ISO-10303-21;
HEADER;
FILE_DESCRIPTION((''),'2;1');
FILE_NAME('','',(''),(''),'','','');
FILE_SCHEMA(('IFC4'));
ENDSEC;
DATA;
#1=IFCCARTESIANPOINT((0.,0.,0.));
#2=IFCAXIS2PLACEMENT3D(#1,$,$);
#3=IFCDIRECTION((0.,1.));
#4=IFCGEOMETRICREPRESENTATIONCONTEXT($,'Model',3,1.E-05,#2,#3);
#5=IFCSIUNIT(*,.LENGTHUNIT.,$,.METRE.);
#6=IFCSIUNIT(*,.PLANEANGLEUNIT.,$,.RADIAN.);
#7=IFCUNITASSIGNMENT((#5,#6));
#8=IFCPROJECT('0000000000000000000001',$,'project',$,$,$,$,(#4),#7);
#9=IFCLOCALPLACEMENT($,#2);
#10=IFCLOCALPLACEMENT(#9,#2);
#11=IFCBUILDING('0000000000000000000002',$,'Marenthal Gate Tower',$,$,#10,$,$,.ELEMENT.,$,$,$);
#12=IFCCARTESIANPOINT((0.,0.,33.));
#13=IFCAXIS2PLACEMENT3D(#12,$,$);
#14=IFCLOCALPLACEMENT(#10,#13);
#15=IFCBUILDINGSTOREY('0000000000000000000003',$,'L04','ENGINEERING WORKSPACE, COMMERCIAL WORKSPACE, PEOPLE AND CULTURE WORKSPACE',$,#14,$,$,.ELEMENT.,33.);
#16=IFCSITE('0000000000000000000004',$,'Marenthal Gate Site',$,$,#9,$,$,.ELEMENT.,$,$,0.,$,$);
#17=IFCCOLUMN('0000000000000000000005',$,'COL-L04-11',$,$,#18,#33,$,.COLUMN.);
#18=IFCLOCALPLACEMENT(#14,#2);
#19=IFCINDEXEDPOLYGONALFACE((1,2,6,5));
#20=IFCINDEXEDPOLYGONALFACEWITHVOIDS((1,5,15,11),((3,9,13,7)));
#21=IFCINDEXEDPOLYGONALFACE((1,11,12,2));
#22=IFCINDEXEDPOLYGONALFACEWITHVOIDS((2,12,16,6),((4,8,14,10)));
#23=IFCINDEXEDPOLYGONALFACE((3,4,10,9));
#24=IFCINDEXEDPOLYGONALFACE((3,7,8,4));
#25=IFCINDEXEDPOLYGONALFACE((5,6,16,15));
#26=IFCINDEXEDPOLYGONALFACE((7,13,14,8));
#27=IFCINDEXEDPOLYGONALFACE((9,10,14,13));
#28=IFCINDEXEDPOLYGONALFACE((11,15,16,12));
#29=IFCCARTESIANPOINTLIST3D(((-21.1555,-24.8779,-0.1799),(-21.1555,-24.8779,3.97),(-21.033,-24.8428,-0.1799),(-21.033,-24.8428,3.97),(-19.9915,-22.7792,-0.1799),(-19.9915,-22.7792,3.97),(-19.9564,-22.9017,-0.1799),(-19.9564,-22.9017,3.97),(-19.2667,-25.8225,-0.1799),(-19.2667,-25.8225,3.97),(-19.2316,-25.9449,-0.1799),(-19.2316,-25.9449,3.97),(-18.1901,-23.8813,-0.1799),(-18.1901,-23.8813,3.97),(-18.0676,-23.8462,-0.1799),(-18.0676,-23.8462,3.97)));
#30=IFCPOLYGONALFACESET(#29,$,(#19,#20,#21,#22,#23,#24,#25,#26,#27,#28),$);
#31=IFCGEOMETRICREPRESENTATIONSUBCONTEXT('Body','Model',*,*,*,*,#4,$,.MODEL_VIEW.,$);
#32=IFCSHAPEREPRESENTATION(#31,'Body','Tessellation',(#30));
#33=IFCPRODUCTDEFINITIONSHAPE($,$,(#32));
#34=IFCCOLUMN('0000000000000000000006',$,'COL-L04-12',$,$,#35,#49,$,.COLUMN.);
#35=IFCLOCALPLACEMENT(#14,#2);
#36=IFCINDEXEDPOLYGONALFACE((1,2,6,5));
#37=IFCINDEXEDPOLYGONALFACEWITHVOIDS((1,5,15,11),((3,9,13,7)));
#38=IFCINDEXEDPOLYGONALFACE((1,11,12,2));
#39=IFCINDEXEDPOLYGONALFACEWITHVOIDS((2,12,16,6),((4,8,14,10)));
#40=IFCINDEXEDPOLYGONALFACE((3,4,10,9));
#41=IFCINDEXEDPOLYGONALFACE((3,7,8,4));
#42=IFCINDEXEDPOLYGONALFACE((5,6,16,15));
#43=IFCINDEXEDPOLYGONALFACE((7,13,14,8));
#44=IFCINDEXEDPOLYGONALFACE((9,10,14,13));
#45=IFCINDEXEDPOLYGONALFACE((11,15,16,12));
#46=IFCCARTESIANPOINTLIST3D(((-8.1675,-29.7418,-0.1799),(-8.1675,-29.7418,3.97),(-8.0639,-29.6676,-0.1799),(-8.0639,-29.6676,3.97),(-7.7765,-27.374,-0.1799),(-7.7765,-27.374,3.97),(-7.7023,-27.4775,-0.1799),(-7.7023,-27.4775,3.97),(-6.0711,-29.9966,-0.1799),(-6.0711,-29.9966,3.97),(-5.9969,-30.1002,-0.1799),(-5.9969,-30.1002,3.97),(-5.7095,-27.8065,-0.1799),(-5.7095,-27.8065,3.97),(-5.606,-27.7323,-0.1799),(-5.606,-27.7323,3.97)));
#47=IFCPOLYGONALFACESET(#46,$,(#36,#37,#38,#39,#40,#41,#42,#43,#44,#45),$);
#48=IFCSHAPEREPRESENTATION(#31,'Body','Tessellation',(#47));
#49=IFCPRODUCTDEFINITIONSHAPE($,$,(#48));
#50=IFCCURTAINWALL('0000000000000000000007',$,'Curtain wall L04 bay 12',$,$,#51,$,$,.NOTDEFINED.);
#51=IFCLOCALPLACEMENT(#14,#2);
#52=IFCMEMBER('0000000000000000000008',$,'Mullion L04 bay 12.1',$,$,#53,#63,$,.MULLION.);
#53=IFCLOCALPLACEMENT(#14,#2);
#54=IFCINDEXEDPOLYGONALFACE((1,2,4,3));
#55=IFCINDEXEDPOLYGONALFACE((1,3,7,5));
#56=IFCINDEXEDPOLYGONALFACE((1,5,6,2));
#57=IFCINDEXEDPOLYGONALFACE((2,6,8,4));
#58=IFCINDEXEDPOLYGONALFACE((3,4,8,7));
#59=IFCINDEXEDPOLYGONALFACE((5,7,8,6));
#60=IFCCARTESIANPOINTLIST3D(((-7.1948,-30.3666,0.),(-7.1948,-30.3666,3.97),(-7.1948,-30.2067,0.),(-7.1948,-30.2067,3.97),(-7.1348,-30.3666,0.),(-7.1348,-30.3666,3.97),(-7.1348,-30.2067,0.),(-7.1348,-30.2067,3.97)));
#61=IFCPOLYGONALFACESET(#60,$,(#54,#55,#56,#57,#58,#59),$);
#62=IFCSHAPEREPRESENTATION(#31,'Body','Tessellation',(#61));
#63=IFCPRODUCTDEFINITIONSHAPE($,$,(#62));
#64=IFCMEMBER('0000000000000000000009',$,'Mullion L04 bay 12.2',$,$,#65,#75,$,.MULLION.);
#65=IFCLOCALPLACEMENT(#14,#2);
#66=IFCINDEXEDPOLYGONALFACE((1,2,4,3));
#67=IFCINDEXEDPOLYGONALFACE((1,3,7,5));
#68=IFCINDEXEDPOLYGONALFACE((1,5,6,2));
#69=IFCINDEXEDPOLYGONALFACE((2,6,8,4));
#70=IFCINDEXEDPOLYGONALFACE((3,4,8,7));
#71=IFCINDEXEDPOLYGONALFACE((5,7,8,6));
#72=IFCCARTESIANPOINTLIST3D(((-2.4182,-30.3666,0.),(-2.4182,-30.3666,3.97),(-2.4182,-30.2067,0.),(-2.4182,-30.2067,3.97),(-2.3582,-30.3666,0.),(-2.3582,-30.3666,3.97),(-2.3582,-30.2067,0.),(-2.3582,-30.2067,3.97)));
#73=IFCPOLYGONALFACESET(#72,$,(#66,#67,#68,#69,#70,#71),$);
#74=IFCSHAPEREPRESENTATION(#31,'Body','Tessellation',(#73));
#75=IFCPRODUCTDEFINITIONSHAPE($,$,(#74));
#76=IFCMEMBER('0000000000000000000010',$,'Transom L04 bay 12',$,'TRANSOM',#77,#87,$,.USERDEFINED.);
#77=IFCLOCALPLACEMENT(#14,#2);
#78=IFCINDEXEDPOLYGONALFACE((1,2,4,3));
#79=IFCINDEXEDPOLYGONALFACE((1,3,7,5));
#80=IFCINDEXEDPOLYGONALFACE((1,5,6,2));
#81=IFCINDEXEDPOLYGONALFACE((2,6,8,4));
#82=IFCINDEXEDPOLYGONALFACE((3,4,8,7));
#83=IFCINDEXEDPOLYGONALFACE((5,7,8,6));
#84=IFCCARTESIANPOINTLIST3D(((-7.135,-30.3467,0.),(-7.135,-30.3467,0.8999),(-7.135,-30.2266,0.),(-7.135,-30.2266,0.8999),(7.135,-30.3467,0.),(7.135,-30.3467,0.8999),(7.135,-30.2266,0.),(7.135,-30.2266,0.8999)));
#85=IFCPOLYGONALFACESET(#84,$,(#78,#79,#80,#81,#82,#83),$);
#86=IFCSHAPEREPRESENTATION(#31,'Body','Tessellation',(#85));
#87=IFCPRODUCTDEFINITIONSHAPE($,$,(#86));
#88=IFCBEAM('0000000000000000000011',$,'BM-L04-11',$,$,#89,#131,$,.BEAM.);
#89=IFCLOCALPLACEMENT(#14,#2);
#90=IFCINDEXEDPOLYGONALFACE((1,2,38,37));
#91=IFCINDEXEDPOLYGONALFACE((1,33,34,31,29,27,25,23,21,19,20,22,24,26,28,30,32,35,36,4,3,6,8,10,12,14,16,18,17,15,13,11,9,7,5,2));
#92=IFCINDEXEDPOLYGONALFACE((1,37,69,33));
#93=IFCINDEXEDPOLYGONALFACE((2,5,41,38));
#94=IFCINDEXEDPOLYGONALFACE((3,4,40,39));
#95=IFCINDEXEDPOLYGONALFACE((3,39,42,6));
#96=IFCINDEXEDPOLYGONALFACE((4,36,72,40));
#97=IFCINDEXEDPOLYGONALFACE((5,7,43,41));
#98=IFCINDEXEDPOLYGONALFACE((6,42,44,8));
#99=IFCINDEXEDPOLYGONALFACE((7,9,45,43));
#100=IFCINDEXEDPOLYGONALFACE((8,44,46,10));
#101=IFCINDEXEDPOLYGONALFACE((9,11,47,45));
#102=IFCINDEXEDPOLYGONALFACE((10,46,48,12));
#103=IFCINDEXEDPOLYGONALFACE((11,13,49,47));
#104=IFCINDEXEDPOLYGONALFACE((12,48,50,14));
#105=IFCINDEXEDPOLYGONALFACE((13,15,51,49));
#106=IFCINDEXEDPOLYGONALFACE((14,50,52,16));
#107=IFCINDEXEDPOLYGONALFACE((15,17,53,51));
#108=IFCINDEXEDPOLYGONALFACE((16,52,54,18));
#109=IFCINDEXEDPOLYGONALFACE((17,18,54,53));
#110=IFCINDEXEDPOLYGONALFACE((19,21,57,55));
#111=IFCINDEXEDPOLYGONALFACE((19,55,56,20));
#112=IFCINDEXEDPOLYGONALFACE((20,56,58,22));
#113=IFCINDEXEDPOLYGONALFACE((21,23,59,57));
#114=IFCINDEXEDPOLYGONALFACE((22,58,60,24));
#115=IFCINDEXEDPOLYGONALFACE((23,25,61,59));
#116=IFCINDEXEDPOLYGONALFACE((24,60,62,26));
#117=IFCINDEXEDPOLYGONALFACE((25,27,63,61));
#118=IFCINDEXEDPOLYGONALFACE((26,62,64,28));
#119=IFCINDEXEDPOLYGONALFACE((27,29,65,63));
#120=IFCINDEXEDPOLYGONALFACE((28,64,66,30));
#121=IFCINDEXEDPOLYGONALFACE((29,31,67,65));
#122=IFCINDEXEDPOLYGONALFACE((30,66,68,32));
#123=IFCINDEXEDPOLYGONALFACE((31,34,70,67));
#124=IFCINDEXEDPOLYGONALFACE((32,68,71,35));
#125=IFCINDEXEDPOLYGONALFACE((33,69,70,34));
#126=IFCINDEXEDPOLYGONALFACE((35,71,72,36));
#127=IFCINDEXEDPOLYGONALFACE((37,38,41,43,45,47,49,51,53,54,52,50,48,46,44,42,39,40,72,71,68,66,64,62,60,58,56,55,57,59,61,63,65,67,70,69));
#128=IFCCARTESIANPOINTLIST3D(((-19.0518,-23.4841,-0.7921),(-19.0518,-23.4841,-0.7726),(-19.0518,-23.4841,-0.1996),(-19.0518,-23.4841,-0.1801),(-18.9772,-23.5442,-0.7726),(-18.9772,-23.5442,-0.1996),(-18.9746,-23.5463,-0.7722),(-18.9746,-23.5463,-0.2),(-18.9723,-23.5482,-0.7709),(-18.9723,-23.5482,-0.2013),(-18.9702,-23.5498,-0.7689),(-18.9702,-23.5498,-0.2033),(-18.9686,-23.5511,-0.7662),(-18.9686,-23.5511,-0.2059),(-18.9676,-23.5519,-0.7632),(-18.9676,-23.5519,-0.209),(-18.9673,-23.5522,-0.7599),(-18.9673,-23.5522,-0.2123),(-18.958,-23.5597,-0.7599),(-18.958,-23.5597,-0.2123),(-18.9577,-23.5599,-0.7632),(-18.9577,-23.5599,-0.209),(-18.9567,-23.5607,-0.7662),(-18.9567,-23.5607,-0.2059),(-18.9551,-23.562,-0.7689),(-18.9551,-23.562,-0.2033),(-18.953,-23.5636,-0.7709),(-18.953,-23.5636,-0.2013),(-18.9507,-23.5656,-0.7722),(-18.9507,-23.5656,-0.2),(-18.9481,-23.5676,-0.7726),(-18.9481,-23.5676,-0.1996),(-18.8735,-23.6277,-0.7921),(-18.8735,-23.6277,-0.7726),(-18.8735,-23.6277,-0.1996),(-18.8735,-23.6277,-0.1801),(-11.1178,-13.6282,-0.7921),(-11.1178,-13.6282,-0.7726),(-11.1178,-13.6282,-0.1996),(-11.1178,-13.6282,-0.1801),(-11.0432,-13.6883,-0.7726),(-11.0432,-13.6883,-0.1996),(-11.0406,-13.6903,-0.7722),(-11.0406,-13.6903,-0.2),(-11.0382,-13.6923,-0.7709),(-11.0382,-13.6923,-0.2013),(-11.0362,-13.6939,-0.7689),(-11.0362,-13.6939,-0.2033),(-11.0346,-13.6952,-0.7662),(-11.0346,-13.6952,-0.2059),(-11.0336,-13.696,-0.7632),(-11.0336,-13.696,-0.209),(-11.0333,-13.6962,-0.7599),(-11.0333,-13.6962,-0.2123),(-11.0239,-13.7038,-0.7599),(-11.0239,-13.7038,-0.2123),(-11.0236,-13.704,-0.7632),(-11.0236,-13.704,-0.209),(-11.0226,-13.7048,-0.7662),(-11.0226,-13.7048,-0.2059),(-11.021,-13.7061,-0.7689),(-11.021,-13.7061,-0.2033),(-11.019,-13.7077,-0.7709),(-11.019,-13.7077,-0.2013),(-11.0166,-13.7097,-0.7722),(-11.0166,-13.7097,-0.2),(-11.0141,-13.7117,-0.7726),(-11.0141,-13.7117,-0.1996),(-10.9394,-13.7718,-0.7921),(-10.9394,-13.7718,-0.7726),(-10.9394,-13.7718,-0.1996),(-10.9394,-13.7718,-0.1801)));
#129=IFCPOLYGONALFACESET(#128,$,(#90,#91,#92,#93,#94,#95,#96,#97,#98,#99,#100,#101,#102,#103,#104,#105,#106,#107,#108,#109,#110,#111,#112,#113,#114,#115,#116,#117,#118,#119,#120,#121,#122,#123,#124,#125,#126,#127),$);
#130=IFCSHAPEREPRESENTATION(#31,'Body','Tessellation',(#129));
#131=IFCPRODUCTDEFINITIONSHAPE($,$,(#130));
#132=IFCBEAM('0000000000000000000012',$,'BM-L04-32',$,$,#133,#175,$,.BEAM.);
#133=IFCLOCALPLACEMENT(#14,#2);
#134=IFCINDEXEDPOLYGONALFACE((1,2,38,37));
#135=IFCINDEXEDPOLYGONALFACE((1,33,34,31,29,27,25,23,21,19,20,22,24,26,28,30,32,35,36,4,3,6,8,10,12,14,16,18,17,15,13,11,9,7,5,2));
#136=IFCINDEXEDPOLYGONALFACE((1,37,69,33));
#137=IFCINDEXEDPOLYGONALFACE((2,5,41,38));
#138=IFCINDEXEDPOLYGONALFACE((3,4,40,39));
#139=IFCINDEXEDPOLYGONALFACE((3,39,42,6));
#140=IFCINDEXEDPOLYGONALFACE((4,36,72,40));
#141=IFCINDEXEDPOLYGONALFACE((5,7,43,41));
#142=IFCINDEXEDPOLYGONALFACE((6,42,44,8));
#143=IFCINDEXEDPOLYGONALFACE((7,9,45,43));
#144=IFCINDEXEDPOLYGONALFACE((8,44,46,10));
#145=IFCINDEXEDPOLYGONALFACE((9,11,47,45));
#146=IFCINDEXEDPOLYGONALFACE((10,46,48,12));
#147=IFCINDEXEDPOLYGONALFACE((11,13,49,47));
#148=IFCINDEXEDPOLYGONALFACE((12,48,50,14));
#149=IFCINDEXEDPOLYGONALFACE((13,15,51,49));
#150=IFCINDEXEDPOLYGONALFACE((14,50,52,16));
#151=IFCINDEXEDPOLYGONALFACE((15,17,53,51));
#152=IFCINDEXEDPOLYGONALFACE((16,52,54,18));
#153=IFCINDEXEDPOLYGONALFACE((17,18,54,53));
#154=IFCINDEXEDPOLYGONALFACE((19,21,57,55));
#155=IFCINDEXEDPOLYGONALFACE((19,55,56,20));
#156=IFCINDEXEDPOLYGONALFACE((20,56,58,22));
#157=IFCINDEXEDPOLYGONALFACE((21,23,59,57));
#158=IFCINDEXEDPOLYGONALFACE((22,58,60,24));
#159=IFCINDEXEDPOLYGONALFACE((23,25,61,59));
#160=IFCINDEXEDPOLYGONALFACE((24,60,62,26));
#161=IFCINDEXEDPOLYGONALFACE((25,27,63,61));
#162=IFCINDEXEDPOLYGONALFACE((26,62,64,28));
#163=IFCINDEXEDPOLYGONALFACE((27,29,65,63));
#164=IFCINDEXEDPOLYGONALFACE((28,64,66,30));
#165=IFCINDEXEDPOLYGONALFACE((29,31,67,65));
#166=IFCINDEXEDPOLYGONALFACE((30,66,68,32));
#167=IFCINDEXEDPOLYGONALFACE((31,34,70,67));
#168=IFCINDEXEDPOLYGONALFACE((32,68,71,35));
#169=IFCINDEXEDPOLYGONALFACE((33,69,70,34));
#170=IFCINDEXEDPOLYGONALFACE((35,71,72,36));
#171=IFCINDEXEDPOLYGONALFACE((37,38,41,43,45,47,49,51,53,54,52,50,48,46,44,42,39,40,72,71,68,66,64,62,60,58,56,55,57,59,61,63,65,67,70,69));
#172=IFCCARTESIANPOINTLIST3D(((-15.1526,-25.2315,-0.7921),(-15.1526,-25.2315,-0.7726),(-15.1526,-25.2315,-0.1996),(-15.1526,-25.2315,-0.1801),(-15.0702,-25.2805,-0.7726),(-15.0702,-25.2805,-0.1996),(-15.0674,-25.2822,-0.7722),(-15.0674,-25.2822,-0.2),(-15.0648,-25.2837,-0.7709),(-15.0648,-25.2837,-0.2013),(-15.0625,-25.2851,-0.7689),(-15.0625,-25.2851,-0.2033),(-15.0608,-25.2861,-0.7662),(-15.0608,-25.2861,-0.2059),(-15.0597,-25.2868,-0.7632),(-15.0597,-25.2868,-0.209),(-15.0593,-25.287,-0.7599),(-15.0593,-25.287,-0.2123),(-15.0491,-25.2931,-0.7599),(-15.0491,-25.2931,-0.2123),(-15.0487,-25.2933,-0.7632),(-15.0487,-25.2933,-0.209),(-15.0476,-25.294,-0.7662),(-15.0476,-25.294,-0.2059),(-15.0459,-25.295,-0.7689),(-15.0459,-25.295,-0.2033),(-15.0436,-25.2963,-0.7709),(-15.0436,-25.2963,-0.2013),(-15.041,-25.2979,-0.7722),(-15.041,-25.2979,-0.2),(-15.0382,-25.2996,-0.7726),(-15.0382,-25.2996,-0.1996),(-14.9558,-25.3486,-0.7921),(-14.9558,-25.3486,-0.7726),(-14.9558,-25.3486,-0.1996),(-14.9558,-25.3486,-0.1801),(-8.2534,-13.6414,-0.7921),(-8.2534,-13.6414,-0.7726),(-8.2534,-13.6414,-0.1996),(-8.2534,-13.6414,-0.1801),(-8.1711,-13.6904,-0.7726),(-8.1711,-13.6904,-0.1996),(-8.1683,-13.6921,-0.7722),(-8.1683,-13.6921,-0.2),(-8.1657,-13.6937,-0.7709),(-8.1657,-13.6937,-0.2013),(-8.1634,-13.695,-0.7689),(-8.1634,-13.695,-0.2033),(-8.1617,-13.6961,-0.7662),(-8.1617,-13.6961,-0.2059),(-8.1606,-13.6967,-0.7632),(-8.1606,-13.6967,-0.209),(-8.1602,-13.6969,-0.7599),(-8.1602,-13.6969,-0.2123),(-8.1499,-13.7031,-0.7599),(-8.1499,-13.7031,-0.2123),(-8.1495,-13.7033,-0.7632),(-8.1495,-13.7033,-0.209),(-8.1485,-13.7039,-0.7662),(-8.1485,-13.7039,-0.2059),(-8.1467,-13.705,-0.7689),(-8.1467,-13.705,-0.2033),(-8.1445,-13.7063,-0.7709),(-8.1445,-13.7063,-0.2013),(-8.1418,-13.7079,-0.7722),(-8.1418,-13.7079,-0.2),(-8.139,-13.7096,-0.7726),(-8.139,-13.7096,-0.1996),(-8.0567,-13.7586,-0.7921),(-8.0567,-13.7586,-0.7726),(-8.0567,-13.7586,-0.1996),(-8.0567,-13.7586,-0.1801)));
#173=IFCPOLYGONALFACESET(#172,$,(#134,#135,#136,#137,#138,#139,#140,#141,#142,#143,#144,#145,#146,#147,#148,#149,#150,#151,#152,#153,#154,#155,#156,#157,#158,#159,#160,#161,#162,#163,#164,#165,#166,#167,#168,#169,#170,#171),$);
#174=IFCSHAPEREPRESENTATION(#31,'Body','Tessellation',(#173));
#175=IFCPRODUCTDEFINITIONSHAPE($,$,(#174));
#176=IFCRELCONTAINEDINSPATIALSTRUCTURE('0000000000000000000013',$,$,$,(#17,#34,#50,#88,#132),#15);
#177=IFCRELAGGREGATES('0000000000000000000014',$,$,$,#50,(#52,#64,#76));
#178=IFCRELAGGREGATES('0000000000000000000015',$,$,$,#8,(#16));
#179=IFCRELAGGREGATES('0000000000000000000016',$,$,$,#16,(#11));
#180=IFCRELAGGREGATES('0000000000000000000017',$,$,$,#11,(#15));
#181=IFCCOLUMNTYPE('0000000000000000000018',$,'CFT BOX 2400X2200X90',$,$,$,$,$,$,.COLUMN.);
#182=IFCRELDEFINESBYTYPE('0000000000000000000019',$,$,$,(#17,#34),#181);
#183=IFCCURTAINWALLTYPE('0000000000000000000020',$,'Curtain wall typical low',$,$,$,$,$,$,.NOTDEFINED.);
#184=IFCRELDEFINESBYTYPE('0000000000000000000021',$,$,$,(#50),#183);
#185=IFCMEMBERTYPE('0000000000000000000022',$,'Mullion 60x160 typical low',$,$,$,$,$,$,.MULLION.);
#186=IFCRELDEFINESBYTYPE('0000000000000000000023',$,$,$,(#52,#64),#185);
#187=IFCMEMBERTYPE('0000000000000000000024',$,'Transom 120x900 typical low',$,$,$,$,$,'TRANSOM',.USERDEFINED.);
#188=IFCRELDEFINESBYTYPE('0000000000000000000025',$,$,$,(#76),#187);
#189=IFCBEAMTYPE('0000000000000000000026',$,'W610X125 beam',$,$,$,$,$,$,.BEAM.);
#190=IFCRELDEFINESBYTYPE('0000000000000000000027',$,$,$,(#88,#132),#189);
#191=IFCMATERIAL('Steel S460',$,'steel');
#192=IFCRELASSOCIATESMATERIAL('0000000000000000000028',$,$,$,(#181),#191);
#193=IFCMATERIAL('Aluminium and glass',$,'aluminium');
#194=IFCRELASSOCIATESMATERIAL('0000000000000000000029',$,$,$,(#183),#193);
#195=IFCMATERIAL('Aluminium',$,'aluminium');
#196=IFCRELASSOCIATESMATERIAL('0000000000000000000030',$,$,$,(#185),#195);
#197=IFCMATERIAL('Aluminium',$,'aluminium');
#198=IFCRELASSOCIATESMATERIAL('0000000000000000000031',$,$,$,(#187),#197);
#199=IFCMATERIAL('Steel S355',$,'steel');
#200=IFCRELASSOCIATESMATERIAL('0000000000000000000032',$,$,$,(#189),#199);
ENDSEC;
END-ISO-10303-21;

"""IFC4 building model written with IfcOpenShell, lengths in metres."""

from ifc_helpers import new_model, si_unit, direction, frame, origin, origin_2d, place, context, subcontext, project, spatial, rectangle, hollow_rectangle, i_section, extrude, material, material_profile, profile_set, type_object, element, aggregate, save


model = new_model("IFC4")

# Units and contexts
model_context = context("Model", 3, precision=1e-05, world=origin(), true_north=direction((0.0, 1.0)))
body_context = subcontext(model_context, "Body", "Model", "MODEL_VIEW")
ifc_project = project(units=[si_unit("LENGTHUNIT", "METRE"), si_unit("PLANEANGLEUNIT", "RADIAN")], contexts=[model_context])

# Site, building, storey
site_placement = place(None, origin())
site = spatial("IfcSite", under=ifc_project, at=site_placement, Name="Marenthal Gate Site", CompositionType="ELEMENT", RefElevation=0.0)
building_placement = place(site_placement, origin())
building = spatial("IfcBuilding", under=site, at=building_placement, Name="Marenthal Gate Tower", CompositionType="ELEMENT")
storey_placement = place(building_placement, frame((0.0, 0.0, 33.0)))
storey = spatial("IfcBuildingStorey", under=building, at=storey_placement, Name="L04", Description="ENGINEERING WORKSPACE, COMMERCIAL WORKSPACE, PEOPLE AND CULTURE WORKSPACE", CompositionType="ELEMENT", Elevation=33.0)

# Columns
ifc_material_1 = material(Name="Steel S460", Category="steel")
ifc_material_profile_1 = material_profile(ifc_material_1, hollow_rectangle(XDim=2.2, YDim=2.3999, WallThickness=0.0901, at=origin_2d()), Name="CFT BOX 2400X2200X90")
ifc_material_2 = material(Name="Concrete 70 MPa", Category="concrete")
ifc_material_profile_2 = material_profile(ifc_material_2, rectangle(XDim=2.02, YDim=2.22, at=origin_2d()), Name="CFT BOX 2400X2200X90 INFILL")
ifc_profile_set_1 = profile_set([ifc_material_profile_1, ifc_material_profile_2], Name="Steel S460 shell, Concrete 70 MPa infill")
column_type = type_object("IfcColumnType", Name="CFT BOX 2400X2200X90", PredefinedType="COLUMN", material=ifc_profile_set_1)
for number, where, z_axis, x_axis, name in (
    (1, (-19.6116, -24.3621, -0.1799), (0.0, 0.0, 1.0), (-0.874509, 0.48501, 0.0), "COL-L04-11"),
    (2, (-6.8867, -28.7371, -0.1799), (0.0, 0.0, 1.0), (-0.986643, 0.162897, 0.0), "COL-L04-12"),
):
    element("IfcColumn", number, at=place(storey_placement, frame(where, z_axis=z_axis, x_axis=x_axis)), inside=storey, type_object=column_type, Name=name, PredefinedType="COLUMN", context=body_context, shape_type="SweptSolid", body=[
        extrude(hollow_rectangle(XDim=2.2, YDim=2.3999, WallThickness=0.0901, at=origin_2d()), origin(), (0.0, 0.0, 1.0), 4.1499),
    ])

# Curtain wall, members
ifc_material_3 = material(Name="Aluminium and glass", Category="aluminium")
curtain_wall_type = type_object("IfcCurtainWallType", Name="Curtain wall typical low", PredefinedType="NOTDEFINED", material=ifc_material_3)
curtain_wall_placement = place(storey_placement, origin())
curtain_wall = element("IfcCurtainWall", 3, at=curtain_wall_placement, inside=storey, type_object=curtain_wall_type, Name="Curtain wall L04 bay 12", PredefinedType="NOTDEFINED")
ifc_material_4 = material(Name="Aluminium", Category="aluminium")
ifc_material_profile_3 = material_profile(ifc_material_4, rectangle(XDim=0.1599, YDim=0.0601, at=origin_2d()), Name="60x160 aluminium mullion")
ifc_profile_set_2 = profile_set([ifc_material_profile_3], Name="Aluminium")
member_type_1 = type_object("IfcMemberType", Name="Mullion 60x160 typical low", PredefinedType="MULLION", material=ifc_profile_set_2)
member_1_placement = place(storey_placement, frame((-7.1648, -30.2866, 0.0), z_axis=(0.0, 0.0, 1.0), x_axis=(0.0, 1.0, 0.0)))
member_1 = element("IfcMember", 4, at=member_1_placement, type_object=member_type_1, Name="Mullion L04 bay 12.1", PredefinedType="MULLION", context=body_context, shape_type="SweptSolid", body=[
    extrude(rectangle(XDim=0.1599, YDim=0.0601, at=origin_2d()), origin(), (0.0, 0.0, 1.0), 3.97),
])
member_2_placement = place(storey_placement, frame((-2.3882, -30.2866, 0.0), z_axis=(0.0, 0.0, 1.0), x_axis=(0.0, 1.0, 0.0)))
member_2 = element("IfcMember", 5, at=member_2_placement, type_object=member_type_1, Name="Mullion L04 bay 12.2", PredefinedType="MULLION", context=body_context, shape_type="SweptSolid", body=[
    extrude(rectangle(XDim=0.1599, YDim=0.0601, at=origin_2d()), origin(), (0.0, 0.0, 1.0), 3.97),
])
ifc_material_5 = material(Name="Aluminium", Category="aluminium")
ifc_material_profile_4 = material_profile(ifc_material_5, rectangle(XDim=0.1201, YDim=0.8999, at=origin_2d()), Name="120x900 aluminium transom")
ifc_profile_set_3 = profile_set([ifc_material_profile_4], Name="Aluminium")
member_type_2 = type_object("IfcMemberType", Name="Transom 120x900 typical low", ElementType="TRANSOM", PredefinedType="USERDEFINED", material=ifc_profile_set_3)
member_3_placement = place(storey_placement, frame((-7.135, -30.2866, 0.45), z_axis=(1.0, 0.0, 0.0), x_axis=(0.0, 1.0, 0.0)))
member_3 = element("IfcMember", 6, at=member_3_placement, type_object=member_type_2, Name="Transom L04 bay 12", ObjectType="TRANSOM", PredefinedType="USERDEFINED", context=body_context, shape_type="SweptSolid", body=[
    extrude(rectangle(XDim=0.1201, YDim=0.8999, at=origin_2d()), origin(), (0.0, 0.0, 1.0), 14.27),
])

# Beams
ifc_material_6 = material(Name="Steel S355", Category="steel")
ifc_material_profile_5 = material_profile(ifc_material_6, i_section(OverallWidth=0.229, OverallDepth=0.6121, WebThickness=0.012, FlangeThickness=0.0195, FilletRadius=0.0127, at=origin_2d()), Name="W610X125")
ifc_profile_set_4 = profile_set([ifc_material_profile_5], Name="Steel S355")
beam_type_1 = type_object("IfcBeamType", Name="W610X125 beam", PredefinedType="BEAM", material=ifc_profile_set_4)
beam_1_placement = place(storey_placement, frame((-18.9626, -23.5559, -0.4861), z_axis=(0.627069, 0.778964, 0.0), x_axis=(-0.778964, 0.627069, 0.0)))
element("IfcBeam", 7, at=beam_1_placement, inside=storey, type_object=beam_type_1, Name="BM-L04-11", PredefinedType="BEAM", context=body_context, shape_type="SweptSolid", body=[
    extrude(i_section(OverallWidth=0.229, OverallDepth=0.6121, WebThickness=0.012, FlangeThickness=0.0195, FilletRadius=0.0127, at=origin_2d()), origin(), (0.0, 0.0, 1.0), 12.6526),
])
beam_2_placement = place(storey_placement, frame((-15.0542, -25.29, -0.4861), z_axis=(0.511501, 0.859283, 0.0), x_axis=(-0.859283, 0.511501, 0.0)))
element("IfcBeam", 8, at=beam_2_placement, inside=storey, type_object=beam_type_1, Name="BM-L04-32", PredefinedType="BEAM", context=body_context, shape_type="SweptSolid", body=[
    extrude(i_section(OverallWidth=0.229, OverallDepth=0.6121, WebThickness=0.012, FlangeThickness=0.0195, FilletRadius=0.0127, at=origin_2d()), origin(), (0.0, 0.0, 1.0), 13.488),
])

aggregate(curtain_wall, [member_1, member_2, member_3])

save(model, "model.ifc")
